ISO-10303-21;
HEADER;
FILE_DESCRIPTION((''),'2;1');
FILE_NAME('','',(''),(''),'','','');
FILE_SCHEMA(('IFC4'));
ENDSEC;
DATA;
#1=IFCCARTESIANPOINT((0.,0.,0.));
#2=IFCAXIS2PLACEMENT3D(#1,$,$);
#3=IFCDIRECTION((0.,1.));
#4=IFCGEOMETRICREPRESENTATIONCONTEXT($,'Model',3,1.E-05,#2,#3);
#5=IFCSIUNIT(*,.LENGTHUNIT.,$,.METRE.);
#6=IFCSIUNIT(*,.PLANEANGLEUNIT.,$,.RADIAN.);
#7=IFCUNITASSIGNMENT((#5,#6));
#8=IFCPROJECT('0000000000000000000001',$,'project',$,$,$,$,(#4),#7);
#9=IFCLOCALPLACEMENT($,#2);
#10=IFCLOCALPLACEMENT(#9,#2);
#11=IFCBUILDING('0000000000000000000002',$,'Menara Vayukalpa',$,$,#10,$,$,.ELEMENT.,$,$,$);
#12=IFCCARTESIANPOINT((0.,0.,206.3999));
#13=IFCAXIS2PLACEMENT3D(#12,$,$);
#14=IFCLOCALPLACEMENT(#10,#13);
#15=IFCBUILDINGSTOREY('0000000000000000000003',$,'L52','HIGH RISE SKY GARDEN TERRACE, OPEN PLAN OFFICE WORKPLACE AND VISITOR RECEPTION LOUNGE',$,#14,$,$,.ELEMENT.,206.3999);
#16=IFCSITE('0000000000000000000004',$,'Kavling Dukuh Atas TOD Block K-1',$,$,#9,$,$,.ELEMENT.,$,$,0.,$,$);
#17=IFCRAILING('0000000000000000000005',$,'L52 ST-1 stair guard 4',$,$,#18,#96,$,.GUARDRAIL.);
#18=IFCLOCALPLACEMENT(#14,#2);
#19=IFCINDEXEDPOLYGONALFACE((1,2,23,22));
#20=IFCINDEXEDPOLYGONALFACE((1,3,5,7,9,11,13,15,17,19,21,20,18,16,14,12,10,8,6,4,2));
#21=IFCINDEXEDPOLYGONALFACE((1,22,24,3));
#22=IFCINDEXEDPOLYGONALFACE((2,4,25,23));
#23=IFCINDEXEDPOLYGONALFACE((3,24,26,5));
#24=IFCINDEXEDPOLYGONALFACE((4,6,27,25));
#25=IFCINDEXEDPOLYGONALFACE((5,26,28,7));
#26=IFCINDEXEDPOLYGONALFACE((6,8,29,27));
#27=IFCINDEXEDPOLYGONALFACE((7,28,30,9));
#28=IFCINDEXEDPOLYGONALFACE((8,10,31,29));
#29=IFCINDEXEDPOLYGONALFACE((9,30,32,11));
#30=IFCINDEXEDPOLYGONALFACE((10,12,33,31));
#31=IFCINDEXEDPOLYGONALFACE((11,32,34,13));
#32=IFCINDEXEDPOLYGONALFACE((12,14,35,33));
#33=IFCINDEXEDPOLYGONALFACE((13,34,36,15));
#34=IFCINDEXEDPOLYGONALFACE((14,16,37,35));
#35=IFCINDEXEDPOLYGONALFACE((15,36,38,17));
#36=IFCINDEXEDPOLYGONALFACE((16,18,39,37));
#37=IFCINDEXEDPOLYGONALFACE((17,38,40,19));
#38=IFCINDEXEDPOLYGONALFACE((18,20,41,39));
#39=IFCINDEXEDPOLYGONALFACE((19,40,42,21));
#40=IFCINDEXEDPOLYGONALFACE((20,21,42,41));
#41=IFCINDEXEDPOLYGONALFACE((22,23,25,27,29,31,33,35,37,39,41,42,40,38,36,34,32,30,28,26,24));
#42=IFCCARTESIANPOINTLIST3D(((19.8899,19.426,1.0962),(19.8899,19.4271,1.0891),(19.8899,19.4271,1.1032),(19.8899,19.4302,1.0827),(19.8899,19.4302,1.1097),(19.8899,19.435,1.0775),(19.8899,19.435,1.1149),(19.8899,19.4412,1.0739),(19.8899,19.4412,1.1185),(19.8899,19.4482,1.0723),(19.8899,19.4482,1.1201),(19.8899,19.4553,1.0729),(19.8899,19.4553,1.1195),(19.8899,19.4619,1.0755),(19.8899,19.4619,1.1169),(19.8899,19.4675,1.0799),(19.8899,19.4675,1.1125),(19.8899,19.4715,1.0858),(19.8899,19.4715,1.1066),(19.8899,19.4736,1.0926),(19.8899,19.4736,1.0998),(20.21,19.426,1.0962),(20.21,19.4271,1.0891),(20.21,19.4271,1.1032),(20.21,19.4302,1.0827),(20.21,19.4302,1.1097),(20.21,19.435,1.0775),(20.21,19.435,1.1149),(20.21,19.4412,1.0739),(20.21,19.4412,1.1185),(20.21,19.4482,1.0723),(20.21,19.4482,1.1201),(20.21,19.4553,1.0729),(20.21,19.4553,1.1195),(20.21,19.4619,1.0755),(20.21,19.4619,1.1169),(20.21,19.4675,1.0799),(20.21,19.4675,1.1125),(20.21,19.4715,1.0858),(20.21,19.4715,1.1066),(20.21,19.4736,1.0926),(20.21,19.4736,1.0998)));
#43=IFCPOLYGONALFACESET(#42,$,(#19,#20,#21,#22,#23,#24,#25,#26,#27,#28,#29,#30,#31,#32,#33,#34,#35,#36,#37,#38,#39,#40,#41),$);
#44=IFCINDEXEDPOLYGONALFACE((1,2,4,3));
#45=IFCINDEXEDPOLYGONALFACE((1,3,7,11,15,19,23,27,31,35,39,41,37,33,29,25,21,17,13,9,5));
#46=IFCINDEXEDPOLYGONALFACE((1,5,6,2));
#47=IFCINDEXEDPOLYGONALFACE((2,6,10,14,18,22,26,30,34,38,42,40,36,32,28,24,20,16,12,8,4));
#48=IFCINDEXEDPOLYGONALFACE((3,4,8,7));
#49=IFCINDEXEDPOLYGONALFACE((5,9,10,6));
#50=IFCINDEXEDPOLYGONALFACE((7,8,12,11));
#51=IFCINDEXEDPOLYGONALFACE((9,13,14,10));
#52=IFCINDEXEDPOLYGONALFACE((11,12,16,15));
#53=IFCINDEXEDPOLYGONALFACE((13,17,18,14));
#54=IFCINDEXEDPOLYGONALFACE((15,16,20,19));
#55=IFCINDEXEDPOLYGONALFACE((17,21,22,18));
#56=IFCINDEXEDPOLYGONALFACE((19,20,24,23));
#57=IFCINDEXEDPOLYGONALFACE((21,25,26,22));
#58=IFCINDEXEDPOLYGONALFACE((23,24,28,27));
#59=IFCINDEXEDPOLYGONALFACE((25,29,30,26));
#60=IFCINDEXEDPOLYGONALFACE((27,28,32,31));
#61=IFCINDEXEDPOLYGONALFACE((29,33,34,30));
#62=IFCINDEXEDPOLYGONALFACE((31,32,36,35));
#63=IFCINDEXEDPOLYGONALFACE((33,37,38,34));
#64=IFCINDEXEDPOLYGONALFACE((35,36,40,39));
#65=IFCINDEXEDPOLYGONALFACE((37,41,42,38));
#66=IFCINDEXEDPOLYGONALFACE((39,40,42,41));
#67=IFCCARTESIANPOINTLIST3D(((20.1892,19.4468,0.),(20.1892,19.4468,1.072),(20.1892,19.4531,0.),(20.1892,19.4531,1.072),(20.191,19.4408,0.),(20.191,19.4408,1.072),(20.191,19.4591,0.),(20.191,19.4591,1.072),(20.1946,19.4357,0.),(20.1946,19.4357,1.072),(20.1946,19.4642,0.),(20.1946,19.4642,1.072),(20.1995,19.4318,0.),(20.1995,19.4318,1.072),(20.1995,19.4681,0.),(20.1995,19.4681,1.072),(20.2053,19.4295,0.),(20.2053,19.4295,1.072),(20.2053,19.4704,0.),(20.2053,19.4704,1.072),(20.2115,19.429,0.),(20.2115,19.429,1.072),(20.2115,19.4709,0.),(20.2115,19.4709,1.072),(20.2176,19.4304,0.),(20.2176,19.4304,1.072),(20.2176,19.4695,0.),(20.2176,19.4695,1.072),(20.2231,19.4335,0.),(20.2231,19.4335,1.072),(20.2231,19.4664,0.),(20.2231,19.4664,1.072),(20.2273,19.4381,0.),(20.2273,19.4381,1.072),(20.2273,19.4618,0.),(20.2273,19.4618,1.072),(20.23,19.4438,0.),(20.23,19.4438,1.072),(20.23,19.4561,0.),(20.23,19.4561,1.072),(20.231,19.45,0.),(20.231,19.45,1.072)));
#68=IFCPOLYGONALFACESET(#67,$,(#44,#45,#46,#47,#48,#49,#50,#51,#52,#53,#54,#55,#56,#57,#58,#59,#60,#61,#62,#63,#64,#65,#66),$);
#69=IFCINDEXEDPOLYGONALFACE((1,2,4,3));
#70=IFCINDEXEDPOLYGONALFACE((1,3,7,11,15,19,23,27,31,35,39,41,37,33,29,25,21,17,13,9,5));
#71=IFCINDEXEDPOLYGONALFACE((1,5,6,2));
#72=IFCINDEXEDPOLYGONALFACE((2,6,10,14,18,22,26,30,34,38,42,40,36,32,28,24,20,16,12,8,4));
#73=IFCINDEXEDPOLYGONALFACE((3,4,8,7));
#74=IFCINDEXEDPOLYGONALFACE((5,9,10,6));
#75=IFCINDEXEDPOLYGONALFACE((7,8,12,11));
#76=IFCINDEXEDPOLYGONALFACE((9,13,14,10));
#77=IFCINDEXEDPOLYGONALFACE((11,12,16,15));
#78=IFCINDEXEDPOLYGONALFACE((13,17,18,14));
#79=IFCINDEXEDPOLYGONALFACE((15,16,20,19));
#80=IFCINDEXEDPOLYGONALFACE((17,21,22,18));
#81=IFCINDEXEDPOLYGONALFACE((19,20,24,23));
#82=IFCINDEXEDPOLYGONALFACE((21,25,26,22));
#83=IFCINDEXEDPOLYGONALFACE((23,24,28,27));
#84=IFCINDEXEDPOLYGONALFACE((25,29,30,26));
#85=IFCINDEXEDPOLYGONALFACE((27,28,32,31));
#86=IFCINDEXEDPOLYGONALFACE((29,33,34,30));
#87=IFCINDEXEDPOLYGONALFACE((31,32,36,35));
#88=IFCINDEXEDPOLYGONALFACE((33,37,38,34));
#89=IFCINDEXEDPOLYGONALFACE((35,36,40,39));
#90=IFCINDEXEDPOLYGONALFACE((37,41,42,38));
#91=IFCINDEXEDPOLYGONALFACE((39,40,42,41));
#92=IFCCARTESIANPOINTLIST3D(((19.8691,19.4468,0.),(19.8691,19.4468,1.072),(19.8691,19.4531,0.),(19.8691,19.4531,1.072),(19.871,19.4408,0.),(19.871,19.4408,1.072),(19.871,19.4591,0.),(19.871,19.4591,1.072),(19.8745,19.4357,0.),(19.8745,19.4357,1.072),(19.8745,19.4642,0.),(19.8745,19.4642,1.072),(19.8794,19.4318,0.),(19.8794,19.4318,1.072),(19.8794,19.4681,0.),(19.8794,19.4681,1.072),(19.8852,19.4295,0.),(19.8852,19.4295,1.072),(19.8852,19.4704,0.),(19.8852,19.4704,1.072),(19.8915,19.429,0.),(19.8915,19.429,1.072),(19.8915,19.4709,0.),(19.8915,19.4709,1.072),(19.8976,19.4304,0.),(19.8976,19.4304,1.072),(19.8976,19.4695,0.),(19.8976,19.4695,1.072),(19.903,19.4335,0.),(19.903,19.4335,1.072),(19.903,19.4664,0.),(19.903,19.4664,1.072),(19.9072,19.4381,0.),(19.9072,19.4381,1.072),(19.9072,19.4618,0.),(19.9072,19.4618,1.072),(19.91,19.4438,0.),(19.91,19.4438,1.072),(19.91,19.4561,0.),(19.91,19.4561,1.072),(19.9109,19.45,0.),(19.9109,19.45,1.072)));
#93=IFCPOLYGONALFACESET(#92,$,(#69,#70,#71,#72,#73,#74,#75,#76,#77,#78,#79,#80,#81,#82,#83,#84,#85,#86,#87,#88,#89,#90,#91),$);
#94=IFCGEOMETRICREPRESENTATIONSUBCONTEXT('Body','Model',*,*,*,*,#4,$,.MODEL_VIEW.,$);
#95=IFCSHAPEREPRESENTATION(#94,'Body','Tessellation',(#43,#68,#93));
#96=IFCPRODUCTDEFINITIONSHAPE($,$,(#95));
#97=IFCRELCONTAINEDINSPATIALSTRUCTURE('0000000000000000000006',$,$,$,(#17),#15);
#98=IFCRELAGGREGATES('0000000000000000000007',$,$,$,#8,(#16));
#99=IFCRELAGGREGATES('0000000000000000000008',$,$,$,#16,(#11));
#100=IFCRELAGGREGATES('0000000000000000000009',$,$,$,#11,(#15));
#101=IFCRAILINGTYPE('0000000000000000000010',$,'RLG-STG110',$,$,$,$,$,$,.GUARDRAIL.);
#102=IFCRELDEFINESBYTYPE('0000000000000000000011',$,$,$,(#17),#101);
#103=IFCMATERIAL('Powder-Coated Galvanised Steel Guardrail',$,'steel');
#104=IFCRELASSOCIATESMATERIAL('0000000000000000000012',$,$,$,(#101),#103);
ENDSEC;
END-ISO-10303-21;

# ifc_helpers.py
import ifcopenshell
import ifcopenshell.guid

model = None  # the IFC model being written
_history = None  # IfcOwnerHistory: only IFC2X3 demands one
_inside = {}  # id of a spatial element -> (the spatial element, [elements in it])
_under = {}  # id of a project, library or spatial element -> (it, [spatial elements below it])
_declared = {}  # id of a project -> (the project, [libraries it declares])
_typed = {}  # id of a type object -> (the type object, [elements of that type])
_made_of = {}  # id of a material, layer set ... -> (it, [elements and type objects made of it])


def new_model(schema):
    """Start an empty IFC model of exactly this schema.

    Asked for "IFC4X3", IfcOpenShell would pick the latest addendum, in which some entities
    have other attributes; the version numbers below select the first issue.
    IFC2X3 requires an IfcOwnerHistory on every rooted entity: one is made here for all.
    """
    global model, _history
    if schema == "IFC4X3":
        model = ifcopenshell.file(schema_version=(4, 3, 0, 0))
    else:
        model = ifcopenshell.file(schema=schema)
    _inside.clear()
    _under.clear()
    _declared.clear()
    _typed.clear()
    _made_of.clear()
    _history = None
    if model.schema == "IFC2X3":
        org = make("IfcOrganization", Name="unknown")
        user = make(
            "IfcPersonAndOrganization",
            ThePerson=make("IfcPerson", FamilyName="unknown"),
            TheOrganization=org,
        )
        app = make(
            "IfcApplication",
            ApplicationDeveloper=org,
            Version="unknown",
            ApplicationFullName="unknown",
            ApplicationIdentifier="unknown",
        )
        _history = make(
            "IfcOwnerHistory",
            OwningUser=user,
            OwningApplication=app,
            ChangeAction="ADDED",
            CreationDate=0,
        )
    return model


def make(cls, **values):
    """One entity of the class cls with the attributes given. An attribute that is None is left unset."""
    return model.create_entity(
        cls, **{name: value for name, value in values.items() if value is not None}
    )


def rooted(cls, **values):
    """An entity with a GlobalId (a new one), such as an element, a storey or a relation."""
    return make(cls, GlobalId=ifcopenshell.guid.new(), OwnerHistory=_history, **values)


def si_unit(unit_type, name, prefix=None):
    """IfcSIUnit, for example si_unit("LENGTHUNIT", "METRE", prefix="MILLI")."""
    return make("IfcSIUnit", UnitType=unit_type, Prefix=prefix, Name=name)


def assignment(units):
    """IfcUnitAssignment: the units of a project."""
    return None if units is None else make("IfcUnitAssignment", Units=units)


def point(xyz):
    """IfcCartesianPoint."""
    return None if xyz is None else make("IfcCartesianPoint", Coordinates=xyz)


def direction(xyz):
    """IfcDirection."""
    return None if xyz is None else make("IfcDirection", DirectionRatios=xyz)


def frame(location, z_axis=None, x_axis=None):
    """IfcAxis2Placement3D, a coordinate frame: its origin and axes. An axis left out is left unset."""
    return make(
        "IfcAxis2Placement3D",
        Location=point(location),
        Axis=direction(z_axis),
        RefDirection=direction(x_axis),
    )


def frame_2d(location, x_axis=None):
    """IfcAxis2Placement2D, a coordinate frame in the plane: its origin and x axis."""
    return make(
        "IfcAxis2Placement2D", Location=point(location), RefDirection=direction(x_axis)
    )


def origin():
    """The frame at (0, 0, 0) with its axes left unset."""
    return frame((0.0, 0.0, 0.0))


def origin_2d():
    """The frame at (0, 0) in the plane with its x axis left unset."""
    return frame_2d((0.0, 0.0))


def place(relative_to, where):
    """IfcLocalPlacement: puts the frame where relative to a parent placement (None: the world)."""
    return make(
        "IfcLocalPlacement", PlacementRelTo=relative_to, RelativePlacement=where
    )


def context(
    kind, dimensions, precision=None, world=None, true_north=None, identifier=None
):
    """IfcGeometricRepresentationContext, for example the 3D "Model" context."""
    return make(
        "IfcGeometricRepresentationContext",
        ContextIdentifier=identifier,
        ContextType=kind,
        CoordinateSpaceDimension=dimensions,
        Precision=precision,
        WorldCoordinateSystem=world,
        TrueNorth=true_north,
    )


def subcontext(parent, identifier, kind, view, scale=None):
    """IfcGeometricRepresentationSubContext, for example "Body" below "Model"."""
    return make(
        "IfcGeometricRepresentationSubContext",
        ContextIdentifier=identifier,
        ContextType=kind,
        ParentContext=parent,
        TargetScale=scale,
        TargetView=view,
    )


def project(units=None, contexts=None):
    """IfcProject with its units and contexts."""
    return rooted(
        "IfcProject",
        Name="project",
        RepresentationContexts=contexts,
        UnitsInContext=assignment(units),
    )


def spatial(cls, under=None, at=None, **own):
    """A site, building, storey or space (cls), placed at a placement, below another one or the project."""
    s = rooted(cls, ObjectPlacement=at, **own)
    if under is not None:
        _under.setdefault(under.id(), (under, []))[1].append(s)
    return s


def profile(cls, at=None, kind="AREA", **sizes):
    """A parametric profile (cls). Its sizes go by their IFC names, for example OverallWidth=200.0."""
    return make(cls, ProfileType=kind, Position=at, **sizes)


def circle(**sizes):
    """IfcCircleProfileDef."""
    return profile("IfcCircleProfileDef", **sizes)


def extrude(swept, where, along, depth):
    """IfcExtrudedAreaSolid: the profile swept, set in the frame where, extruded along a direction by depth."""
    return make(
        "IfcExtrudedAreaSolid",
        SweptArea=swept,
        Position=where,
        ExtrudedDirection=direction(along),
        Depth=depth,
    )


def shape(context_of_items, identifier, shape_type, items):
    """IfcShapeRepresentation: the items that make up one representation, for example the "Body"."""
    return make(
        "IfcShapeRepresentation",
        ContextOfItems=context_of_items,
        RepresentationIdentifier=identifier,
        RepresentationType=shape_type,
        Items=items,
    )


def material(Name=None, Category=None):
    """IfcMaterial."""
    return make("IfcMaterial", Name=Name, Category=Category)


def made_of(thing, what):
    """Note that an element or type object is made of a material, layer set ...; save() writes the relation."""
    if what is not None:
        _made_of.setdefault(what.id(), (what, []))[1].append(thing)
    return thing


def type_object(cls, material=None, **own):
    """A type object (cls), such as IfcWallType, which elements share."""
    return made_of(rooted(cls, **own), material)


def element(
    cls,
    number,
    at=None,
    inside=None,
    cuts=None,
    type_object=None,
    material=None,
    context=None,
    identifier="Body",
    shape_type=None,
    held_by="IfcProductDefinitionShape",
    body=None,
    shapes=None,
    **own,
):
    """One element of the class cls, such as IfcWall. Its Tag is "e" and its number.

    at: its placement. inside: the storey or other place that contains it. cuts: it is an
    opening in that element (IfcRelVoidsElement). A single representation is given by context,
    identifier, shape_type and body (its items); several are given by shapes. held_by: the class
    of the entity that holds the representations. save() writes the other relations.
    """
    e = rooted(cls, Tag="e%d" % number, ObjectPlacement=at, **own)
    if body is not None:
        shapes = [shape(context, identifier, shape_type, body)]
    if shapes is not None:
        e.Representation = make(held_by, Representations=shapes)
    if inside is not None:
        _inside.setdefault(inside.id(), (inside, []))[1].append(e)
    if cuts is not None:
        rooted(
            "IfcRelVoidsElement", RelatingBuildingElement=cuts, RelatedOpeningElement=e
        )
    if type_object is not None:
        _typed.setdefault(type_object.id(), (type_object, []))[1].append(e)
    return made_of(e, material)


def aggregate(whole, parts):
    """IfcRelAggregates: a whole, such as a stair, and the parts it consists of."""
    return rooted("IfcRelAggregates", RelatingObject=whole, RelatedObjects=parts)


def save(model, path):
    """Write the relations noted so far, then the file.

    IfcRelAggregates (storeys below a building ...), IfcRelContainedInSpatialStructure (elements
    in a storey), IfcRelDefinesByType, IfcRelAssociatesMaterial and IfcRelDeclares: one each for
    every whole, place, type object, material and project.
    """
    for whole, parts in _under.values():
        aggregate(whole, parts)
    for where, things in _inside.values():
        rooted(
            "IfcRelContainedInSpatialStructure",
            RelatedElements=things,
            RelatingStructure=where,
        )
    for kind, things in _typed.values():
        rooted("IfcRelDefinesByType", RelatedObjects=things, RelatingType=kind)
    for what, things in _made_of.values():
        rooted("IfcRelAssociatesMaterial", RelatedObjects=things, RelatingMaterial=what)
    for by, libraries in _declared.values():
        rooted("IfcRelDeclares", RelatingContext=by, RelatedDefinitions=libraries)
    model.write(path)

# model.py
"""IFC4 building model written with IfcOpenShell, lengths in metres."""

from ifc_helpers import new_model, si_unit, direction, frame, origin, origin_2d, place, context, subcontext, project, spatial, circle, extrude, material, type_object, element, save


model = new_model("IFC4")

# Units and contexts
model_context = context("Model", 3, precision=1e-05, world=origin(), true_north=direction((0.0, 1.0)))
body_context = subcontext(model_context, "Body", "Model", "MODEL_VIEW")
ifc_project = project(units=[si_unit("LENGTHUNIT", "METRE"), si_unit("PLANEANGLEUNIT", "RADIAN")], contexts=[model_context])

# Site, building, storey
site_placement = place(None, origin())
site = spatial("IfcSite", under=ifc_project, at=site_placement, Name="Kavling Dukuh Atas TOD Block K-1", CompositionType="ELEMENT", RefElevation=0.0)
building_placement = place(site_placement, origin())
building = spatial("IfcBuilding", under=site, at=building_placement, Name="Menara Vayukalpa", CompositionType="ELEMENT")
storey_placement = place(building_placement, frame((0.0, 0.0, 206.3999)))
storey = spatial("IfcBuildingStorey", under=building, at=storey_placement, Name="L52", Description="HIGH RISE SKY GARDEN TERRACE, OPEN PLAN OFFICE WORKPLACE AND VISITOR RECEPTION LOUNGE", CompositionType="ELEMENT", Elevation=206.3999)

# Railing
ifc_material_1 = material(Name="Powder-Coated Galvanised Steel Guardrail", Category="steel")
railing_type_1 = type_object("IfcRailingType", Name="RLG-STG110", PredefinedType="GUARDRAIL", material=ifc_material_1)
railing_1_placement = place(storey_placement, frame((20.21, 19.45, 0.0)))
element("IfcRailing", 1, at=railing_1_placement, inside=storey, type_object=railing_type_1, Name="L52 ST-1 stair guard 4", PredefinedType="GUARDRAIL", context=body_context, shape_type="SweptSolid", body=[
    extrude(circle(Radius=0.0239, at=origin_2d()), frame((0.0, 0.0, 1.0962), z_axis=(-1.0, 0.0, 0.0), x_axis=(0.0, -1.0, 0.0)), (0.0, 0.0, 1.0), 0.3201),
    extrude(circle(Radius=0.021, at=origin_2d()), origin(), (0.0, 0.0, 1.0), 1.072),
    extrude(circle(Radius=0.021, at=origin_2d()), frame((-0.3201, 0.0, 0.0)), (0.0, 0.0, 1.0), 1.072),
])

save(model, "model.ifc")
